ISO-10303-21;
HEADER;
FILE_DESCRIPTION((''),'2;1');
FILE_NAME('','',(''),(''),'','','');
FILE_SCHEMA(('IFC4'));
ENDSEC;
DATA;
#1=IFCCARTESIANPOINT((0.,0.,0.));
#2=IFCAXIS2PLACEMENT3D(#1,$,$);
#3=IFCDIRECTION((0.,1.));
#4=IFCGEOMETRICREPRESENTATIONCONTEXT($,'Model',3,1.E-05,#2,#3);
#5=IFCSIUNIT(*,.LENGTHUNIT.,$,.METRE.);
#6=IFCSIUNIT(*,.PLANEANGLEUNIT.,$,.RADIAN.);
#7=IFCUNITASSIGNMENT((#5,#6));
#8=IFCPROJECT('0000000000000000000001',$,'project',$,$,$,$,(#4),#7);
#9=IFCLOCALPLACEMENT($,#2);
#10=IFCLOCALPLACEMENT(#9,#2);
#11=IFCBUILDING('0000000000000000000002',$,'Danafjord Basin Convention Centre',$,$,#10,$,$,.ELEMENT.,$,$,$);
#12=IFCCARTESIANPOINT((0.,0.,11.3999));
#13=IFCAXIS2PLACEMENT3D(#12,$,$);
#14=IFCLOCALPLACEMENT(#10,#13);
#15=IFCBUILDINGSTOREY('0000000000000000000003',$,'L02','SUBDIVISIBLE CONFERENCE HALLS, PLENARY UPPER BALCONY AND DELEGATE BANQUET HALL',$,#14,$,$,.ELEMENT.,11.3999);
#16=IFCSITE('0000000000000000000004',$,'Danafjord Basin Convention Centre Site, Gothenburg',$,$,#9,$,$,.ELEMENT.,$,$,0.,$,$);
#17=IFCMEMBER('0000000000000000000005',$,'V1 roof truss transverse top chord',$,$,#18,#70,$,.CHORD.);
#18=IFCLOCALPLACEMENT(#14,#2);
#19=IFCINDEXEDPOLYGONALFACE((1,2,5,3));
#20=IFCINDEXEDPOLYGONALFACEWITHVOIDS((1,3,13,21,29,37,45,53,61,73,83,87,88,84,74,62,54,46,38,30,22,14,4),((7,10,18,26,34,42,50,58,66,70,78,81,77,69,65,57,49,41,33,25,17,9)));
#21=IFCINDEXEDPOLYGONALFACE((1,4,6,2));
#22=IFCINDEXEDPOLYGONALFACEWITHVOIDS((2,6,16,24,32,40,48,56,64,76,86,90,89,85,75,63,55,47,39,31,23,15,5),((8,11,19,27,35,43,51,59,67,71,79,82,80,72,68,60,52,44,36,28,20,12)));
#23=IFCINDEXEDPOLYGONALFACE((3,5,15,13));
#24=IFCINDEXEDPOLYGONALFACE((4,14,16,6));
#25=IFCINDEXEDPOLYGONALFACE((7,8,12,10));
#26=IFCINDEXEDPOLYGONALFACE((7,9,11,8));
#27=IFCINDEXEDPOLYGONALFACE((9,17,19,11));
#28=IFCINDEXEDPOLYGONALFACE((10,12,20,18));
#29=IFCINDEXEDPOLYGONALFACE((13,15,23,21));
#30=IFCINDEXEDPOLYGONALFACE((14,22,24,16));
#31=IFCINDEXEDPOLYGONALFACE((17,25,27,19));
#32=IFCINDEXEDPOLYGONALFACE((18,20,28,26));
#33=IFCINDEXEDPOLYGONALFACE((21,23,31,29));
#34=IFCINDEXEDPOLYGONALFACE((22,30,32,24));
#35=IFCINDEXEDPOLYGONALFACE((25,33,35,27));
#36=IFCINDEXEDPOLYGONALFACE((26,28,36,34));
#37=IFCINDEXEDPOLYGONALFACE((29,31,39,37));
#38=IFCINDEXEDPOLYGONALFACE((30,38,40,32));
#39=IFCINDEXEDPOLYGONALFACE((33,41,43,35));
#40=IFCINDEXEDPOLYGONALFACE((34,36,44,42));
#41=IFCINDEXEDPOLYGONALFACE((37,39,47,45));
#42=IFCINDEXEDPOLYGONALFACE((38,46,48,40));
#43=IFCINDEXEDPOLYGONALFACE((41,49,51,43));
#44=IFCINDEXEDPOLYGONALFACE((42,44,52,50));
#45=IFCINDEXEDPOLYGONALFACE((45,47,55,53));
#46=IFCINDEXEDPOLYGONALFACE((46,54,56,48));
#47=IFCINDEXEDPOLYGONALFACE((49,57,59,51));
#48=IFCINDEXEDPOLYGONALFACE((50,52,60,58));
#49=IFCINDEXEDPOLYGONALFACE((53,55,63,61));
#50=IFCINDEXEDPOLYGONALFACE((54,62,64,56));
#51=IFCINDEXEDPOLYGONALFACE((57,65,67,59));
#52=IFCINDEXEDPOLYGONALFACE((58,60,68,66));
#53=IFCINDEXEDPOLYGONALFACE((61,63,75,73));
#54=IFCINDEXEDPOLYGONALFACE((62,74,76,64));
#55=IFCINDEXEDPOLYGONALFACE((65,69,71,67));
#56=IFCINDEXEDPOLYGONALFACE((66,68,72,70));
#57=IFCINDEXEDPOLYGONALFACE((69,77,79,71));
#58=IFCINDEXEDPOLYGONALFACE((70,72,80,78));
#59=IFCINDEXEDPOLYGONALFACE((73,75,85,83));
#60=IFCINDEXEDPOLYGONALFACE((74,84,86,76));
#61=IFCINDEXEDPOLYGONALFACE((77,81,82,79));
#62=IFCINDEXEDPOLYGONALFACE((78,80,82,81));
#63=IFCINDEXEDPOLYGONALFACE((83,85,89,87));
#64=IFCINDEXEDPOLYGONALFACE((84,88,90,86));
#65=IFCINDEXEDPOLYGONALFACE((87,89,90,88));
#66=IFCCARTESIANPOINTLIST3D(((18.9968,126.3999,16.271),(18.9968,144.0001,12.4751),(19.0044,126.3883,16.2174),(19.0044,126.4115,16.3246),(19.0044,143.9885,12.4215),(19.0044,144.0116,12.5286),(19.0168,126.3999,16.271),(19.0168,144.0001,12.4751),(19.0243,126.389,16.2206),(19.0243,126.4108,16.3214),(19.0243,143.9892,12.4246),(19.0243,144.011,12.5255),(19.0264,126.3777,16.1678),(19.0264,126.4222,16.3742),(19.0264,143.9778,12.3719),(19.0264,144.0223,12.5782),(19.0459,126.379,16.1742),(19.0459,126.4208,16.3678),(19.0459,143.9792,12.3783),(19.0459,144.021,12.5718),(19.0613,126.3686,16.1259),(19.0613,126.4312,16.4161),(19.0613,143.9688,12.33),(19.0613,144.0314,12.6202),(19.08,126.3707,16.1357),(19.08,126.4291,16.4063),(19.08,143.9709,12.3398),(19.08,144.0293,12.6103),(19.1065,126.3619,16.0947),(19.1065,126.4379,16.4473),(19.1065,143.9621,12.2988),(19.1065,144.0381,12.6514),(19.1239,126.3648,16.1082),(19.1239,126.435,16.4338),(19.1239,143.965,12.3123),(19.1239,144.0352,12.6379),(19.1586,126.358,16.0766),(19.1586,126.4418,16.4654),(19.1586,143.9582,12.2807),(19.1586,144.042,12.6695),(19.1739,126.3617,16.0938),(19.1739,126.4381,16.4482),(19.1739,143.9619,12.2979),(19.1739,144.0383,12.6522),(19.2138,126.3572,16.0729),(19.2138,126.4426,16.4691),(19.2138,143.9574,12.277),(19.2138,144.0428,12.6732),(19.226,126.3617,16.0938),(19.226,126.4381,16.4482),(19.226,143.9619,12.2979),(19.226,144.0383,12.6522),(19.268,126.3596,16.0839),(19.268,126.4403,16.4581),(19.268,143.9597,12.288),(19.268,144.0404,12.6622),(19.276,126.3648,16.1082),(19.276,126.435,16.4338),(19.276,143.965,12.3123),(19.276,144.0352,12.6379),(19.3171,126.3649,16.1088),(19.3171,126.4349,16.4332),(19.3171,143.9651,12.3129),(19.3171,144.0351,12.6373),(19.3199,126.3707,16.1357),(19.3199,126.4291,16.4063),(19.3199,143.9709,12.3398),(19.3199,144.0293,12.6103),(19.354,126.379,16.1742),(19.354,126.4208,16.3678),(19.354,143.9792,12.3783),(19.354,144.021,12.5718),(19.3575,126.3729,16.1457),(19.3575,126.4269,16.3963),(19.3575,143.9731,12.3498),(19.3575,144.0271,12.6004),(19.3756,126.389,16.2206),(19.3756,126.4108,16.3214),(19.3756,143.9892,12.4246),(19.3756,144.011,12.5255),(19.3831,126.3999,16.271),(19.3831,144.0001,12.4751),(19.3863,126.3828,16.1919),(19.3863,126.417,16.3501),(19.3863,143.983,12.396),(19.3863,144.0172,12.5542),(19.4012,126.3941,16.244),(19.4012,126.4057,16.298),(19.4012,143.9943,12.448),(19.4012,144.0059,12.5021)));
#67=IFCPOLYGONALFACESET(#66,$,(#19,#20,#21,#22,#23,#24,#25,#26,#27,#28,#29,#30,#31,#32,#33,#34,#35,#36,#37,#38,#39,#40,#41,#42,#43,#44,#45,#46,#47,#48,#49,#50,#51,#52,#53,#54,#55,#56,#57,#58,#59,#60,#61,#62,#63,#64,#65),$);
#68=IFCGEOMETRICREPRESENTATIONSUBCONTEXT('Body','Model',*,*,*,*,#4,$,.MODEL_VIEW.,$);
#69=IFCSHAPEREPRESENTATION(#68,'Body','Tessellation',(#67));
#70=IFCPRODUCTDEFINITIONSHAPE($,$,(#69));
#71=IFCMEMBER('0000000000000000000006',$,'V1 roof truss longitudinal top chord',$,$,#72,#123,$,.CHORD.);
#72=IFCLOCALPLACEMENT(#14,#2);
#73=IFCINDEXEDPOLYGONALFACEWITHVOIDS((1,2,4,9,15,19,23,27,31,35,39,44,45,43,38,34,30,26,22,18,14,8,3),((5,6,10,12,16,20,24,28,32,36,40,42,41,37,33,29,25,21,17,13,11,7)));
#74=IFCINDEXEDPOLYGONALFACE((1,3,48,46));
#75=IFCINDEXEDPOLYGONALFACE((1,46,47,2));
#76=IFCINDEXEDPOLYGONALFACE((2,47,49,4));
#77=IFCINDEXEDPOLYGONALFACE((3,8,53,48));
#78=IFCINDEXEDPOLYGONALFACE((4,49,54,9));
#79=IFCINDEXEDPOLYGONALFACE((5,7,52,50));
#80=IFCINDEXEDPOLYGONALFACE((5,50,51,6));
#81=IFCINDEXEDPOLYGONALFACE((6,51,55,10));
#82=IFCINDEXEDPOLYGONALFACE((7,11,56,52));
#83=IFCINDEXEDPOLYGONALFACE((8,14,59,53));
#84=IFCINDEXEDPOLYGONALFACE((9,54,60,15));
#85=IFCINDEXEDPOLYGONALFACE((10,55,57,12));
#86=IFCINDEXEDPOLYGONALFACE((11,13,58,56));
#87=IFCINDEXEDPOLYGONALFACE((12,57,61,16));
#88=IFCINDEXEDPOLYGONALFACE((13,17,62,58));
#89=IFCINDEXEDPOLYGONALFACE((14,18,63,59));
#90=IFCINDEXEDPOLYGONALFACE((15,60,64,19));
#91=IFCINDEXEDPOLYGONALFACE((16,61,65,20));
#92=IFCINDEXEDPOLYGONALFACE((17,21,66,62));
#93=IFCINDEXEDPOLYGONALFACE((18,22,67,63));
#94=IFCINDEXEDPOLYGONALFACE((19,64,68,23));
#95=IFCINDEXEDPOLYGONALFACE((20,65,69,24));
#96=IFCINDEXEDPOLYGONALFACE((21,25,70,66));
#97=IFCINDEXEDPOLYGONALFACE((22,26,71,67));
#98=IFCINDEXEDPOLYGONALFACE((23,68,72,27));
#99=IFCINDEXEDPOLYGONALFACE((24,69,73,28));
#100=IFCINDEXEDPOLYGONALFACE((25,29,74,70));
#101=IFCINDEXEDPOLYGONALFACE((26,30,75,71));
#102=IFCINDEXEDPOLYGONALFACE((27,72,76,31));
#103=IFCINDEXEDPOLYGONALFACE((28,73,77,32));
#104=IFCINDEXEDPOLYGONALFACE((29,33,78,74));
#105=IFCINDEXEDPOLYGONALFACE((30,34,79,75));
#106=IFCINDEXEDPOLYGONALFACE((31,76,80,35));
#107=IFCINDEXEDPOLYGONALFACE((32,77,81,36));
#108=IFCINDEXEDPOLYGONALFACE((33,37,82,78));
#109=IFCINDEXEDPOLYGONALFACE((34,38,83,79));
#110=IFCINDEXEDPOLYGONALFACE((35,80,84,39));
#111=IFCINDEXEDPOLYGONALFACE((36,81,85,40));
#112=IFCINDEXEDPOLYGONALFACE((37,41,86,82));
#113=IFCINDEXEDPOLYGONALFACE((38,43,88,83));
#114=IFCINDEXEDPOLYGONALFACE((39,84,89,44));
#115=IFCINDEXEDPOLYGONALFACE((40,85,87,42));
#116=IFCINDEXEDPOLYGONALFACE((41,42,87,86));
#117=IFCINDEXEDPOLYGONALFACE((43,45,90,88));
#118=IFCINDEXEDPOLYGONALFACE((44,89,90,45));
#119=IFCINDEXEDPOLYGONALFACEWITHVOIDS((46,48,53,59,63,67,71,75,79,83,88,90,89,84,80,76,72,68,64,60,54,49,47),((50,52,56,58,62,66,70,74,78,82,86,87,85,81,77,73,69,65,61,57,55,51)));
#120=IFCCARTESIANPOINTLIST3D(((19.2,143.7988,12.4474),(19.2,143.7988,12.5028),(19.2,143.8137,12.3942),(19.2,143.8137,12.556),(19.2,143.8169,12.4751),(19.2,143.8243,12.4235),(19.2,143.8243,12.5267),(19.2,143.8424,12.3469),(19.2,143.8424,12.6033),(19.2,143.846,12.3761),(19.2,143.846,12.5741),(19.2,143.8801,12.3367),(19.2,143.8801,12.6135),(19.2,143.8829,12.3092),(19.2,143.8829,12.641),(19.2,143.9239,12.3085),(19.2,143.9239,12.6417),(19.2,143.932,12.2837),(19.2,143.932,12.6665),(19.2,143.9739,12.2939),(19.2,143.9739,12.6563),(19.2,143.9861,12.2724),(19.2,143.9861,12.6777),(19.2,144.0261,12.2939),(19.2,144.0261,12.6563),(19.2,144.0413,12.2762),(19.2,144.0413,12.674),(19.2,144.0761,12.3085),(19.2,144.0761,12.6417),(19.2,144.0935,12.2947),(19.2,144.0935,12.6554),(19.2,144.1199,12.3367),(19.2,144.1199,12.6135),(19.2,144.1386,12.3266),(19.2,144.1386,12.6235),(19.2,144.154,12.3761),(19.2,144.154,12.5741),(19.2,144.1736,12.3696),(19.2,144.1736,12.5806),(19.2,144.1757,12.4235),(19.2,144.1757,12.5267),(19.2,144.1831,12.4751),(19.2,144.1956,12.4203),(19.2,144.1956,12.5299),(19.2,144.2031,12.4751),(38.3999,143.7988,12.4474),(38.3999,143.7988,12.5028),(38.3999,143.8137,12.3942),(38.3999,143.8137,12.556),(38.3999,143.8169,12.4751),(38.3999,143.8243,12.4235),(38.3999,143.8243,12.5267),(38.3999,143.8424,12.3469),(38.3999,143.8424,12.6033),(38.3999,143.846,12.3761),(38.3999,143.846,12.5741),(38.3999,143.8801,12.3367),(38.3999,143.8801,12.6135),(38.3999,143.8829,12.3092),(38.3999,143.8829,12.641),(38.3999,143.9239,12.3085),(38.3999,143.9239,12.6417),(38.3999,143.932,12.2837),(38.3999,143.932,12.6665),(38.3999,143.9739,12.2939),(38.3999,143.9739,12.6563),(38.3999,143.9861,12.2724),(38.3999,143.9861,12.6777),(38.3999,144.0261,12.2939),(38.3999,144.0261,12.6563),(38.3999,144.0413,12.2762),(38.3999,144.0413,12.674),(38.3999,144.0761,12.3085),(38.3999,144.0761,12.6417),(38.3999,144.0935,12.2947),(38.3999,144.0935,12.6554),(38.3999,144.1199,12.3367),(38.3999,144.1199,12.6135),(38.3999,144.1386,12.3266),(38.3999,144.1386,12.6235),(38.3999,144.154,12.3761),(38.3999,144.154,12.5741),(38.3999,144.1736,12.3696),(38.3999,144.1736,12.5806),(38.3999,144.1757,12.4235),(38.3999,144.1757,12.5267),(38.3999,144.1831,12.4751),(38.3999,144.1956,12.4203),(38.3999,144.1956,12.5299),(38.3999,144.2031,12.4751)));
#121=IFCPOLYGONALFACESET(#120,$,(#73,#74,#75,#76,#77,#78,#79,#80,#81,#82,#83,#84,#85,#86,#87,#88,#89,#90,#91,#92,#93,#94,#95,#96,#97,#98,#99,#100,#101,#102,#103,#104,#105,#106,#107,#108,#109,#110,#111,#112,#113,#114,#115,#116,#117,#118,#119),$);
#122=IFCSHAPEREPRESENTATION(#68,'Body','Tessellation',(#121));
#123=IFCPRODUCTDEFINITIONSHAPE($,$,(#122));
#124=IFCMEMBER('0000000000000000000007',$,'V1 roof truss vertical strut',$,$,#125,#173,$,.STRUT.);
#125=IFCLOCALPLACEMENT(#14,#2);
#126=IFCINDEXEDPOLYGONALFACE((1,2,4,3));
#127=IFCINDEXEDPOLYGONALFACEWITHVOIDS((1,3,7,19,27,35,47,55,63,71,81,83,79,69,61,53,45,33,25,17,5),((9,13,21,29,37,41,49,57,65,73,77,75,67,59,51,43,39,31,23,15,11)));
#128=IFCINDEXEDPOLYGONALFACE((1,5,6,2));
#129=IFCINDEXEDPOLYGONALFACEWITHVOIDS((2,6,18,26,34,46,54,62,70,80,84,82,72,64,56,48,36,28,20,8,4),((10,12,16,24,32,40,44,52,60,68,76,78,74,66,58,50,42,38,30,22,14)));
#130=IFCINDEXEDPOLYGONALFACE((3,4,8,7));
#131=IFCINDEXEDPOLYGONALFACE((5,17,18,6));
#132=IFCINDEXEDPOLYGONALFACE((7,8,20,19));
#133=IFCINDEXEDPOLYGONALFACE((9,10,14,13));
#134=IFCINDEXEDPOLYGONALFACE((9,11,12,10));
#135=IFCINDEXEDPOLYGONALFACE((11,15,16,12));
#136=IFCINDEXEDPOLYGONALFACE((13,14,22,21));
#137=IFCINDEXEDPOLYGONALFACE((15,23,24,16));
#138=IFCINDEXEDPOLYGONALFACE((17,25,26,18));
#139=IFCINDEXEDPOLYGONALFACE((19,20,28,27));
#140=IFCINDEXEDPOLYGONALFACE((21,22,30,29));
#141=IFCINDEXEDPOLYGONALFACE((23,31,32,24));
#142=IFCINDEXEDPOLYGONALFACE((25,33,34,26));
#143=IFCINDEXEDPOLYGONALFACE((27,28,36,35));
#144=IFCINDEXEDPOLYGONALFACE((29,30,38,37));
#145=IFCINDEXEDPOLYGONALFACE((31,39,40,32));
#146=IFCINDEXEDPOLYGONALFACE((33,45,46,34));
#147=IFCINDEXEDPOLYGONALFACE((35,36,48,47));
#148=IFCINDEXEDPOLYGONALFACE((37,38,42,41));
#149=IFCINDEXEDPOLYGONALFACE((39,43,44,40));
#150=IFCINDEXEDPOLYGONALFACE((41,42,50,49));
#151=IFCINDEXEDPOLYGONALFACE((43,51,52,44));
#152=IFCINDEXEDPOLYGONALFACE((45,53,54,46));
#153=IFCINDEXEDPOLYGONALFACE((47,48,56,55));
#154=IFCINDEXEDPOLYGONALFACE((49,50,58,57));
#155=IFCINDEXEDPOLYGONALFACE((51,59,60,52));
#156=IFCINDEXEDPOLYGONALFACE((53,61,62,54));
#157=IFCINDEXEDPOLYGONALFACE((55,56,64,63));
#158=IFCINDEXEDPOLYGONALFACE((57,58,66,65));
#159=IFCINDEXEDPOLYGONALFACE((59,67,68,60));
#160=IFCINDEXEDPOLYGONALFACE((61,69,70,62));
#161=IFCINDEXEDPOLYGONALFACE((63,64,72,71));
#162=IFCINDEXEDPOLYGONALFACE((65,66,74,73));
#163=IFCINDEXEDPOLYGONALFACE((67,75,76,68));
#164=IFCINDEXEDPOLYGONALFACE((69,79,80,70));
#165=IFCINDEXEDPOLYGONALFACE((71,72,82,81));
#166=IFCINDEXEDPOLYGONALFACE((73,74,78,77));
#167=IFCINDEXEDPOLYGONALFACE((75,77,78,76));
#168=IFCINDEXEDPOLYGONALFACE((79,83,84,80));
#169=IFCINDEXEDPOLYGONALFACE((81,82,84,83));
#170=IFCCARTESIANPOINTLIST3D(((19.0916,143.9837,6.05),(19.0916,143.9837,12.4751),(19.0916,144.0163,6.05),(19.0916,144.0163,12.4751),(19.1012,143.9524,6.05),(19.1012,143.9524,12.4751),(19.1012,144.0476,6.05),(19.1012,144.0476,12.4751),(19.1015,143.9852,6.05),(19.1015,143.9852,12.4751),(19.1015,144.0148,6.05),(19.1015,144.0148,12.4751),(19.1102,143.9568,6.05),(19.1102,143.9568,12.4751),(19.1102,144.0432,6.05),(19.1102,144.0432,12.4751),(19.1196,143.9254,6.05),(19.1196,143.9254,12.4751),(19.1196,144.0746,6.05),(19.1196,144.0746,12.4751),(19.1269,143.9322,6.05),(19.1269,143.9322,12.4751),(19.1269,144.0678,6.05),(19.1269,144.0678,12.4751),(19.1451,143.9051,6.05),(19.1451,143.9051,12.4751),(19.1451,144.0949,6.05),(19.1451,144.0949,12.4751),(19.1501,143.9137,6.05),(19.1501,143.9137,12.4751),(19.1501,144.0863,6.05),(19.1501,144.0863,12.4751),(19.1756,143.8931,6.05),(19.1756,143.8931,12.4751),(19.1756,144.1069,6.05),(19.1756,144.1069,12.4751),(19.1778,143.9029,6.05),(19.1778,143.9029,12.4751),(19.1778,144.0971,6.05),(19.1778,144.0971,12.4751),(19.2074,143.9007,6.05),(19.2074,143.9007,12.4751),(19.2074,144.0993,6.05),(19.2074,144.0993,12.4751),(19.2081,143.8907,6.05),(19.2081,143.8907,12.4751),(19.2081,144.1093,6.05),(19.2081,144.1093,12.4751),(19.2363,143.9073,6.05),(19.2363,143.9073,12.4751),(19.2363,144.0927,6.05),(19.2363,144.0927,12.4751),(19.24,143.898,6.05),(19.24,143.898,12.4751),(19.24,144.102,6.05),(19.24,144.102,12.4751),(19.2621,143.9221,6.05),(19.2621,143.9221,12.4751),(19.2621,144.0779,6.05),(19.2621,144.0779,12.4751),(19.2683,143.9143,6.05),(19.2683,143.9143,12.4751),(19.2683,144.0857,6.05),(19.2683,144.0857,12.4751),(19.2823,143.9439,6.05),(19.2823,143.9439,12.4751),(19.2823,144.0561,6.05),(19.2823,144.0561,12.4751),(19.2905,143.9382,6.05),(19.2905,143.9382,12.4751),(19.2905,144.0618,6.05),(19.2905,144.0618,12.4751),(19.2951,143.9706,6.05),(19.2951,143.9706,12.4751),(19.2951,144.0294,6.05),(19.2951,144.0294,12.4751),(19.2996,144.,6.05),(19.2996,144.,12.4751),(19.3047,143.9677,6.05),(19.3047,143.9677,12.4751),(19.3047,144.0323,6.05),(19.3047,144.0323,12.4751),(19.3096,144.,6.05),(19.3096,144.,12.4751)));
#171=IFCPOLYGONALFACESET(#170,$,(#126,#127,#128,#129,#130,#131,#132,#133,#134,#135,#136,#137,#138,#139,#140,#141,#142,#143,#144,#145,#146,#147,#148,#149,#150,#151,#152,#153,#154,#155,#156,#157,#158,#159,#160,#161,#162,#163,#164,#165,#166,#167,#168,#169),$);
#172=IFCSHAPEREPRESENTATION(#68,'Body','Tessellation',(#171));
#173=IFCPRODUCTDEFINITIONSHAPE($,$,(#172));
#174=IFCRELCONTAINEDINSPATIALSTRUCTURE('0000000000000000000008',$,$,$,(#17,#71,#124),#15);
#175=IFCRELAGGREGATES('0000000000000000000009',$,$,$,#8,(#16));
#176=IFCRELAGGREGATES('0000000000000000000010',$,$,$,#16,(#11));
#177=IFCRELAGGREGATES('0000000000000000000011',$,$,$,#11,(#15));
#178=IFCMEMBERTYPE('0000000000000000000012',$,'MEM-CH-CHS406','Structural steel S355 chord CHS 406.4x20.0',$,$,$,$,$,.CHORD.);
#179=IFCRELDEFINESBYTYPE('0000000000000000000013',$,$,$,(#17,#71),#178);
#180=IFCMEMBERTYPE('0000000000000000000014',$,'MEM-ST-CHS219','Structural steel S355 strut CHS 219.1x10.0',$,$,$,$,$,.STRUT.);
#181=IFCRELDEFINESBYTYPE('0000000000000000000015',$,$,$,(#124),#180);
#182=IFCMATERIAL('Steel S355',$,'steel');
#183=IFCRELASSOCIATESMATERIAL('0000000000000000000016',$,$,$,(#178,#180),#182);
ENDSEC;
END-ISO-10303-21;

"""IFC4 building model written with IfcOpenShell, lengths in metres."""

from ifc_helpers import new_model, si_unit, direction, frame, origin, origin_2d, place, context, subcontext, project, spatial, hollow_circle, extrude, material, material_profile, profile_set, type_object, element, save


model = new_model("IFC4")

# Units and contexts
model_context = context("Model", 3, precision=1e-05, world=origin(), true_north=direction((0.0, 1.0)))
body_context = subcontext(model_context, "Body", "Model", "MODEL_VIEW")
ifc_project = project(units=[si_unit("LENGTHUNIT", "METRE"), si_unit("PLANEANGLEUNIT", "RADIAN")], contexts=[model_context])

# Site, building, storey
site_placement = place(None, origin())
site = spatial("IfcSite", under=ifc_project, at=site_placement, Name="Danafjord Basin Convention Centre Site, Gothenburg", CompositionType="ELEMENT", RefElevation=0.0)
building_placement = place(site_placement, origin())
building = spatial("IfcBuilding", under=site, at=building_placement, Name="Danafjord Basin Convention Centre", CompositionType="ELEMENT")
storey_placement = place(building_placement, frame((0.0, 0.0, 11.3999)))
storey = spatial("IfcBuildingStorey", under=building, at=storey_placement, Name="L02", Description="SUBDIVISIBLE CONFERENCE HALLS, PLENARY UPPER BALCONY AND DELEGATE BANQUET HALL", CompositionType="ELEMENT", Elevation=11.3999)

# Shared definitions
ifc_material_1 = material(Name="Steel S355", Category="steel")

# Members
ifc_material_profile_1 = material_profile(ifc_material_1, hollow_circle(Radius=0.2031, WallThickness=0.02, at=origin_2d()), Name="CHS 406.4x20.0")
ifc_profile_set_1 = profile_set([ifc_material_profile_1], Name="Steel S355")
member_type_1 = type_object("IfcMemberType", Name="MEM-CH-CHS406", Description="Structural steel S355 chord CHS 406.4x20.0", PredefinedType="CHORD", material=ifc_profile_set_1)
member_1_placement = place(storey_placement, frame((19.2, 126.3999, 16.271), z_axis=(0.0, 0.977523, -0.210827), x_axis=(-1.0, 0.0, 0.0)))
element("IfcMember", 1, at=member_1_placement, inside=storey, type_object=member_type_1, Name="V1 roof truss transverse top chord", PredefinedType="CHORD", context=body_context, shape_type="SweptSolid", body=[
    extrude(hollow_circle(Radius=0.2031, WallThickness=0.02, at=origin_2d()), origin(), (0.0, 0.0, 1.0), 18.0049),
])
member_2_placement = place(storey_placement, frame((19.2, 144.0, 12.4751), z_axis=(1.0, 0.0, 0.0), x_axis=(0.0, 1.0, 0.0)))
element("IfcMember", 2, at=member_2_placement, inside=storey, type_object=member_type_1, Name="V1 roof truss longitudinal top chord", PredefinedType="CHORD", context=body_context, shape_type="SweptSolid", body=[
    extrude(hollow_circle(Radius=0.2031, WallThickness=0.02, at=origin_2d()), origin(), (0.0, 0.0, 1.0), 19.2),
])
ifc_material_profile_2 = material_profile(ifc_material_1, hollow_circle(Radius=0.1096, WallThickness=0.01, at=origin_2d()), Name="CHS 219.1x10.0")
ifc_profile_set_2 = profile_set([ifc_material_profile_2], Name="Steel S355")
member_type_2 = type_object("IfcMemberType", Name="MEM-ST-CHS219", Description="Structural steel S355 strut CHS 219.1x10.0", PredefinedType="STRUT", material=ifc_profile_set_2)
member_3_placement = place(storey_placement, frame((19.2, 144.0, 6.05), z_axis=(0.0, 0.0, 1.0), x_axis=(1.0, 0.0, 0.0)))
element("IfcMember", 3, at=member_3_placement, inside=storey, type_object=member_type_2, Name="V1 roof truss vertical strut", PredefinedType="STRUT", context=body_context, shape_type="SweptSolid", body=[
    extrude(hollow_circle(Radius=0.1096, WallThickness=0.01, at=origin_2d()), origin(), (0.0, 0.0, 1.0), 6.425),
])

save(model, "model.ifc")
